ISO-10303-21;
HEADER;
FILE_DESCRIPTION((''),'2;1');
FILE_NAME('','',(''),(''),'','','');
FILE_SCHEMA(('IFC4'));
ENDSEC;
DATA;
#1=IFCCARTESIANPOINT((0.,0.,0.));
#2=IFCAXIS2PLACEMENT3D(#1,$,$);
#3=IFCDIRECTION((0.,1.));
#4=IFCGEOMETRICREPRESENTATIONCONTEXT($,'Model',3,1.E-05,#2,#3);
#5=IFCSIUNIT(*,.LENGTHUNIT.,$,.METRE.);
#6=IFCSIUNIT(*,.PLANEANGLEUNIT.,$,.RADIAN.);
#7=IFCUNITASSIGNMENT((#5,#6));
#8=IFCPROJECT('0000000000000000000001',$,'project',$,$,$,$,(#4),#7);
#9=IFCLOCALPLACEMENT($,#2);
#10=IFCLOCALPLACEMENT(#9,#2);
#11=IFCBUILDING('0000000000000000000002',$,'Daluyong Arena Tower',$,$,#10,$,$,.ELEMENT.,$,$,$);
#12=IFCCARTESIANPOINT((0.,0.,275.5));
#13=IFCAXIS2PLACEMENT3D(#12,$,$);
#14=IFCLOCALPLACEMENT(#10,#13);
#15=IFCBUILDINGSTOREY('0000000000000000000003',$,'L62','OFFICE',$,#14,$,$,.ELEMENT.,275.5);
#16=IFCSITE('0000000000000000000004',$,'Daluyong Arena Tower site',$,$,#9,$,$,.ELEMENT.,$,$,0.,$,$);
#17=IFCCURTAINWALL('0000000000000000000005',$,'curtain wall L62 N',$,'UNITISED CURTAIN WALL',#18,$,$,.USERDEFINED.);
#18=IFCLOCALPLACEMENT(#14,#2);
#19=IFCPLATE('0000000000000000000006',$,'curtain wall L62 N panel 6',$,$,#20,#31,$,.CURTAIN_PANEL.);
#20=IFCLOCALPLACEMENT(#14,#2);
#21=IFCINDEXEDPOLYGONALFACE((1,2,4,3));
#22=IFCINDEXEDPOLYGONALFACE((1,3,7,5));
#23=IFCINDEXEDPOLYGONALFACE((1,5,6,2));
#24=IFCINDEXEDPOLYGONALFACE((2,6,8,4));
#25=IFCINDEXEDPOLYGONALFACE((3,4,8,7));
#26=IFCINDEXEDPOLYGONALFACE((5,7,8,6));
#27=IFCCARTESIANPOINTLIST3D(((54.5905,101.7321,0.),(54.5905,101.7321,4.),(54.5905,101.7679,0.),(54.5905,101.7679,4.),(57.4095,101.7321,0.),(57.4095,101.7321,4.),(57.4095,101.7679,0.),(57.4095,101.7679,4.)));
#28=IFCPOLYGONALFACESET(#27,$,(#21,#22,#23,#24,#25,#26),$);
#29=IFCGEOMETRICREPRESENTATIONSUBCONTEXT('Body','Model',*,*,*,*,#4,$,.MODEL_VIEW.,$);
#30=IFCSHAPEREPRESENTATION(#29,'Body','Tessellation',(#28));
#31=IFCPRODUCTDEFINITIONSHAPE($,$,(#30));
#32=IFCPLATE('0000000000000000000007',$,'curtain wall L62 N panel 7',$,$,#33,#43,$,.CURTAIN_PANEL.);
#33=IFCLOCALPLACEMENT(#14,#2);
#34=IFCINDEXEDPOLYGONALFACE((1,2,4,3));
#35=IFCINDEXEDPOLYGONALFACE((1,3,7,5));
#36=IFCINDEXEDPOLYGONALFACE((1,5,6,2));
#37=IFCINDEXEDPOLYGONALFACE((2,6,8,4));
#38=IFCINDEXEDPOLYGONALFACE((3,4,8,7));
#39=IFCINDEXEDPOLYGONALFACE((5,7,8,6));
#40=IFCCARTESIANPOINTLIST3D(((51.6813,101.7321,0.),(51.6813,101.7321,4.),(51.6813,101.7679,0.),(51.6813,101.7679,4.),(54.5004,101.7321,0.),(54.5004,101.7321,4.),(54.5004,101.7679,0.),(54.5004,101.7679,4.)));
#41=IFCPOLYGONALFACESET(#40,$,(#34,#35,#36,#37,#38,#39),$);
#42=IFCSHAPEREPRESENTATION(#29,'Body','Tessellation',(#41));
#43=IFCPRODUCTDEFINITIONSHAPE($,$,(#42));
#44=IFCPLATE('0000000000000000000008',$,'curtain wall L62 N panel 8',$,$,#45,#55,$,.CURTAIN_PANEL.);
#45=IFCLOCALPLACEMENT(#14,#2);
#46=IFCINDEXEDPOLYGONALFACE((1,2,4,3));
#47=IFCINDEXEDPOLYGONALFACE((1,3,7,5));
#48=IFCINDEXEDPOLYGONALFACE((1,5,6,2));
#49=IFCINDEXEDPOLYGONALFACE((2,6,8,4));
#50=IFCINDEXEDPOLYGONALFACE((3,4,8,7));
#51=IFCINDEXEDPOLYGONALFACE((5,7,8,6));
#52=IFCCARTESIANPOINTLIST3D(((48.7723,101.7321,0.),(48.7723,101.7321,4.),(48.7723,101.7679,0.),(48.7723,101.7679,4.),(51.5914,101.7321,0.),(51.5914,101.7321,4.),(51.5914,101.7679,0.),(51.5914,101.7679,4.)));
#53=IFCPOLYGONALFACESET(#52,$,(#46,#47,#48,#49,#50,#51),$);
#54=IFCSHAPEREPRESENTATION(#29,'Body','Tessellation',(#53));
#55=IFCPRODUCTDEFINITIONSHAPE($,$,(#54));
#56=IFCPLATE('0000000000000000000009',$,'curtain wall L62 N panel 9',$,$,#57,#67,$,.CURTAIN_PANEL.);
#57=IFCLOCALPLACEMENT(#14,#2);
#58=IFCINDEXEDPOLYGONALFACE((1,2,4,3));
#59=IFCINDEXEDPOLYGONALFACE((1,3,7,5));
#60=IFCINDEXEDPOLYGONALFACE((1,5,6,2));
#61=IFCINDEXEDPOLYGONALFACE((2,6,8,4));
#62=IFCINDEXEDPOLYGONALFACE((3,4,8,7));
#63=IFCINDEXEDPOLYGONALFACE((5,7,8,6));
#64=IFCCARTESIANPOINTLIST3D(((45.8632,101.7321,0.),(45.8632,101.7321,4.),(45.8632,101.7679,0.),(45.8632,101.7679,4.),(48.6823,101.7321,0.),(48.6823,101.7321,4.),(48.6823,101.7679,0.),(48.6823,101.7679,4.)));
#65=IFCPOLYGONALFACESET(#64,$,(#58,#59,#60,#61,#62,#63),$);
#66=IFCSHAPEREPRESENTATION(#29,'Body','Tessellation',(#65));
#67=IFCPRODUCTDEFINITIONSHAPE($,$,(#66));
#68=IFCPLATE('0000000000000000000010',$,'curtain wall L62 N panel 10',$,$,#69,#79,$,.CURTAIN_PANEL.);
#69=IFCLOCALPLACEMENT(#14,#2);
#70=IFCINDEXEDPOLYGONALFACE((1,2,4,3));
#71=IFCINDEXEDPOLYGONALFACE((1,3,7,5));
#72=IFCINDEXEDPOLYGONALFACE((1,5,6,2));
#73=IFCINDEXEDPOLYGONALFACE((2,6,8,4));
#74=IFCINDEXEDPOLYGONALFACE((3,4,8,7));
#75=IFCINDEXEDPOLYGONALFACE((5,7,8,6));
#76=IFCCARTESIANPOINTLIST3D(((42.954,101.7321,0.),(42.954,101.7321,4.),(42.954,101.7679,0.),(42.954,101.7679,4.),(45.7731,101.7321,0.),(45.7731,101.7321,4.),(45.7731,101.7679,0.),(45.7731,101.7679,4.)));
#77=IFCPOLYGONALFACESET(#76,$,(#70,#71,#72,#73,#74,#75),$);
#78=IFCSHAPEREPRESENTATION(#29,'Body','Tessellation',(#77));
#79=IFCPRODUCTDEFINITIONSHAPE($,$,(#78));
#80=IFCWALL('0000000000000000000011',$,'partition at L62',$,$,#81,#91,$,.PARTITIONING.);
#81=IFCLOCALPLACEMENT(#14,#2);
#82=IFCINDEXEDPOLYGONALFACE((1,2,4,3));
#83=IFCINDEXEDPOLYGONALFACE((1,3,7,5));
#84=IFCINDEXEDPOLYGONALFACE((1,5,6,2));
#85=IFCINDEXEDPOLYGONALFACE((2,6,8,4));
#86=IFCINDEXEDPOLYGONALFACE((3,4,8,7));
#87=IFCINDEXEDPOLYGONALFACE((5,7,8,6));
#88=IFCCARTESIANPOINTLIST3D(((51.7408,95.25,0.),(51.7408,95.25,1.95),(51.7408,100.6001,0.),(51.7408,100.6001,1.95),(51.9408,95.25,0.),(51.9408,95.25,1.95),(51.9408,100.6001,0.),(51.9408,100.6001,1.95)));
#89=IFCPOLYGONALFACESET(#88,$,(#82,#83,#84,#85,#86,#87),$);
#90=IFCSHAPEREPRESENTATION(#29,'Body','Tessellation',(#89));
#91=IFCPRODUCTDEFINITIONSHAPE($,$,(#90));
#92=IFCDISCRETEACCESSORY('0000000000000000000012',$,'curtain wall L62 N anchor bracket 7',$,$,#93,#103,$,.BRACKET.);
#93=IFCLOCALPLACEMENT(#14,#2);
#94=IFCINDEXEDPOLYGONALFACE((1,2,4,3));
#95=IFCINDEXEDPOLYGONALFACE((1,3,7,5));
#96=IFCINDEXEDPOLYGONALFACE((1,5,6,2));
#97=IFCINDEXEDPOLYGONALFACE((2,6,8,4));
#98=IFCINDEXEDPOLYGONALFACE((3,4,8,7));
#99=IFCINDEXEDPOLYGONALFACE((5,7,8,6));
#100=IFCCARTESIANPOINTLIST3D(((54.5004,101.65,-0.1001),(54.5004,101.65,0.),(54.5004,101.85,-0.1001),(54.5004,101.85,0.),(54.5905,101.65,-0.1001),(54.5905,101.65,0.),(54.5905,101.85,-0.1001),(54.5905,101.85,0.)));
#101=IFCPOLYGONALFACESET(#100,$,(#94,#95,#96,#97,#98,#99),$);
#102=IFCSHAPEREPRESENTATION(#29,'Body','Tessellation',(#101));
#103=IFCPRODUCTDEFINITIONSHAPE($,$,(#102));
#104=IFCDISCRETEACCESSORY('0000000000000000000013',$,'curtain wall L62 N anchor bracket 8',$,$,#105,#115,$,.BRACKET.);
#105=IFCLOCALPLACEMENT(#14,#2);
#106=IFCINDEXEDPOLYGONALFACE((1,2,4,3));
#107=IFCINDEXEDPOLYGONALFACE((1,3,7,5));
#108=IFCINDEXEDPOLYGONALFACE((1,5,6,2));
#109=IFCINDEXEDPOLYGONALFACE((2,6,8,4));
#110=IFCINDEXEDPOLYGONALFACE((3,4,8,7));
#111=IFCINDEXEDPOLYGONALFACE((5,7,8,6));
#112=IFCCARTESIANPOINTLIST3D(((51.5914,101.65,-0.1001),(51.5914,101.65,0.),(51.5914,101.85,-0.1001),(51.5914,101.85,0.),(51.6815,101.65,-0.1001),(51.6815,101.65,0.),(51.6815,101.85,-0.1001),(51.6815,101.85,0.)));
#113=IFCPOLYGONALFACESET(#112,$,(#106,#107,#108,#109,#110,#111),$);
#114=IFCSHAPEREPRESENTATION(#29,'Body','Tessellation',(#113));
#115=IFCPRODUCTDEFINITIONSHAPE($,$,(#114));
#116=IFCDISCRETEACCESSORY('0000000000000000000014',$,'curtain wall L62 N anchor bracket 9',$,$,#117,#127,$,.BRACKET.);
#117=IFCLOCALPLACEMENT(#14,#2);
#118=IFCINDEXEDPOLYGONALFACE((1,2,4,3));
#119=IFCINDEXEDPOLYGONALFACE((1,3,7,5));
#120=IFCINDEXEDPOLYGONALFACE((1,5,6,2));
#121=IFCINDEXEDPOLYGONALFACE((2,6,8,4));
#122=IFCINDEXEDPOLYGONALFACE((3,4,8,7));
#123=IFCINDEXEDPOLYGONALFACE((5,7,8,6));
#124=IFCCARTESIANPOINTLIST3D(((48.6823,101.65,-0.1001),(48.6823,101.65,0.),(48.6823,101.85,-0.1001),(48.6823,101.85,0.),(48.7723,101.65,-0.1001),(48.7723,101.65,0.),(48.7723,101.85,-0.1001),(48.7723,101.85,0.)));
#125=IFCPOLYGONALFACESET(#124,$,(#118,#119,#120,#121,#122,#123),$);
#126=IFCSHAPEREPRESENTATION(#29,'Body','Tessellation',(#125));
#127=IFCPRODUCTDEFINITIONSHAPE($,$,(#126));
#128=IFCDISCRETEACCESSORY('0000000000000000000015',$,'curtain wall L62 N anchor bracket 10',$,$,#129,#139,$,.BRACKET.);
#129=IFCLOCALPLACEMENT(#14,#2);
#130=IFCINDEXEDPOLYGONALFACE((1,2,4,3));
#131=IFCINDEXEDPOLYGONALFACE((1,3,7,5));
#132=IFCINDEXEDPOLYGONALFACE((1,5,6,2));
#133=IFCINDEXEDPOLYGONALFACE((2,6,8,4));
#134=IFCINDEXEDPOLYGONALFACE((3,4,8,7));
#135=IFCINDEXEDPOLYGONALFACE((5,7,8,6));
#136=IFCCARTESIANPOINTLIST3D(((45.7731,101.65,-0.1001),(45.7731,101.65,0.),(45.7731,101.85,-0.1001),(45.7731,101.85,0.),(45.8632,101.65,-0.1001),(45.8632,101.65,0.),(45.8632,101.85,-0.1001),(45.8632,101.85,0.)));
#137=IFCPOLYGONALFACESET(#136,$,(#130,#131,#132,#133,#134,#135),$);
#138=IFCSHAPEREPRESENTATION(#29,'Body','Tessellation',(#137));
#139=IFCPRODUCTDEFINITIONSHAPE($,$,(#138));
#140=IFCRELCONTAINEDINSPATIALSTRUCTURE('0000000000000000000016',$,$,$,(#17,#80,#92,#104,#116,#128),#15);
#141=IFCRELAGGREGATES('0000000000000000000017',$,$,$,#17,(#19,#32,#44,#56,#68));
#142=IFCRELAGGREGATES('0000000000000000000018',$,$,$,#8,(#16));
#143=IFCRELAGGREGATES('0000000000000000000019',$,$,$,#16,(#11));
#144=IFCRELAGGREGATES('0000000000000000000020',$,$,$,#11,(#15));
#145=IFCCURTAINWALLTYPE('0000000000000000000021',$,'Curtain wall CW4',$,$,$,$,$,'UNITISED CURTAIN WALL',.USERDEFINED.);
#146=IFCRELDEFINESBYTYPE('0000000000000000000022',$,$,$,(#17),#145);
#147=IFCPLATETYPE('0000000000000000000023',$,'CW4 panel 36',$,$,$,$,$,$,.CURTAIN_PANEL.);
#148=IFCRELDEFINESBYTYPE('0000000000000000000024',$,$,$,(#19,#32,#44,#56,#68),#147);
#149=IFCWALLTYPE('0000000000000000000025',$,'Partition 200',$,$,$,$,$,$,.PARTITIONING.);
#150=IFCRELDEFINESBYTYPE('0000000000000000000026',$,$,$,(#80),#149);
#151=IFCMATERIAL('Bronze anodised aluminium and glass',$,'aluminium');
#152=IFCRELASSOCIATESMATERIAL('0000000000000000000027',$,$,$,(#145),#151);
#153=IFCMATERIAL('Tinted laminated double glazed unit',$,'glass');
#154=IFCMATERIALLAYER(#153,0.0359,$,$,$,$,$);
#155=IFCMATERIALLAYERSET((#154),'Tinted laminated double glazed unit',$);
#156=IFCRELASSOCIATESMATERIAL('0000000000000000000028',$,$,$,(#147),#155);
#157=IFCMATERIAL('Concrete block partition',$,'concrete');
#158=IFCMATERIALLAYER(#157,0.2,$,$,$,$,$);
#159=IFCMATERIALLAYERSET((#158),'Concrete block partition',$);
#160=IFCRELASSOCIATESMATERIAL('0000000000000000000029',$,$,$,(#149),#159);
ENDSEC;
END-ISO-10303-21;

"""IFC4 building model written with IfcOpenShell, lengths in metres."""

from ifc_helpers import new_model, si_unit, direction, frame, frame_2d, origin, origin_2d, place, context, subcontext, project, spatial, rectangle, extrude, material, layer, layer_set, type_object, element, aggregate, save


model = new_model("IFC4")

# Units and contexts
model_context = context("Model", 3, precision=1e-05, world=origin(), true_north=direction((0.0, 1.0)))
body_context = subcontext(model_context, "Body", "Model", "MODEL_VIEW")
ifc_project = project(units=[si_unit("LENGTHUNIT", "METRE"), si_unit("PLANEANGLEUNIT", "RADIAN")], contexts=[model_context])

# Site, building, storey
site_placement = place(None, origin())
site = spatial("IfcSite", under=ifc_project, at=site_placement, Name="Daluyong Arena Tower site", CompositionType="ELEMENT", RefElevation=0.0)
building_placement = place(site_placement, origin())
building = spatial("IfcBuilding", under=site, at=building_placement, Name="Daluyong Arena Tower", CompositionType="ELEMENT")
storey_placement = place(building_placement, frame((0.0, 0.0, 275.5)))
storey = spatial("IfcBuildingStorey", under=building, at=storey_placement, Name="L62", Description="OFFICE", CompositionType="ELEMENT", Elevation=275.5)

# Curtain wall
ifc_material_1 = material(Name="Bronze anodised aluminium and glass", Category="aluminium")
curtain_wall_type = type_object("IfcCurtainWallType", Name="Curtain wall CW4", ElementType="UNITISED CURTAIN WALL", PredefinedType="USERDEFINED", material=ifc_material_1)
curtain_wall_placement = place(storey_placement, origin())
curtain_wall = element("IfcCurtainWall", 1, at=curtain_wall_placement, inside=storey, type_object=curtain_wall_type, Name="curtain wall L62 N", ObjectType="UNITISED CURTAIN WALL", PredefinedType="USERDEFINED")

# Plates
ifc_material_2 = material(Name="Tinted laminated double glazed unit", Category="glass")
ifc_layer_1 = layer(ifc_material_2, 0.0359)
ifc_layer_set_1 = layer_set([ifc_layer_1], Name="Tinted laminated double glazed unit")
plate_type = type_object("IfcPlateType", Name="CW4 panel 36", PredefinedType="CURTAIN_PANEL", material=ifc_layer_set_1)
plate_1_placement = place(storey_placement, frame((56.0, 101.75, 0.0), z_axis=(0.0, 0.0, 1.0), x_axis=(-1.0, 0.0, 0.0)))
plate_1 = element("IfcPlate", 2, at=plate_1_placement, type_object=plate_type, Name="curtain wall L62 N panel 6", PredefinedType="CURTAIN_PANEL", context=body_context, shape_type="SweptSolid", body=[
    extrude(rectangle(XDim=2.8191, YDim=0.0359, at=origin_2d()), origin(), (0.0, 0.0, 1.0), 4.0),
])
plate_2_placement = place(storey_placement, frame((53.0908, 101.75, 0.0), z_axis=(0.0, 0.0, 1.0), x_axis=(-1.0, 0.0, 0.0)))
plate_2 = element("IfcPlate", 3, at=plate_2_placement, type_object=plate_type, Name="curtain wall L62 N panel 7", PredefinedType="CURTAIN_PANEL", context=body_context, shape_type="SweptSolid", body=[
    extrude(rectangle(XDim=2.8191, YDim=0.0359, at=origin_2d()), origin(), (0.0, 0.0, 1.0), 4.0),
])
plate_3_placement = place(storey_placement, frame((50.1819, 101.75, 0.0), z_axis=(0.0, 0.0, 1.0), x_axis=(-1.0, 0.0, 0.0)))
plate_3 = element("IfcPlate", 4, at=plate_3_placement, type_object=plate_type, Name="curtain wall L62 N panel 8", PredefinedType="CURTAIN_PANEL", context=body_context, shape_type="SweptSolid", body=[
    extrude(rectangle(XDim=2.8191, YDim=0.0359, at=origin_2d()), origin(), (0.0, 0.0, 1.0), 4.0),
])
plate_4_placement = place(storey_placement, frame((47.2727, 101.75, 0.0), z_axis=(0.0, 0.0, 1.0), x_axis=(-1.0, 0.0, 0.0)))
plate_4 = element("IfcPlate", 5, at=plate_4_placement, type_object=plate_type, Name="curtain wall L62 N panel 9", PredefinedType="CURTAIN_PANEL", context=body_context, shape_type="SweptSolid", body=[
    extrude(rectangle(XDim=2.8191, YDim=0.0359, at=origin_2d()), origin(), (0.0, 0.0, 1.0), 4.0),
])
plate_5_placement = place(storey_placement, frame((44.3635, 101.75, 0.0), z_axis=(0.0, 0.0, 1.0), x_axis=(-1.0, 0.0, 0.0)))
plate_5 = element("IfcPlate", 6, at=plate_5_placement, type_object=plate_type, Name="curtain wall L62 N panel 10", PredefinedType="CURTAIN_PANEL", context=body_context, shape_type="SweptSolid", body=[
    extrude(rectangle(XDim=2.8191, YDim=0.0359, at=origin_2d()), origin(), (0.0, 0.0, 1.0), 4.0),
])
aggregate(curtain_wall, [plate_1, plate_2, plate_3, plate_4, plate_5])

# Wall
ifc_material_3 = material(Name="Concrete block partition", Category="concrete")
ifc_layer_2 = layer(ifc_material_3, 0.2)
ifc_layer_set_2 = layer_set([ifc_layer_2], Name="Concrete block partition")
wall_type = type_object("IfcWallType", Name="Partition 200", PredefinedType="PARTITIONING", material=ifc_layer_set_2)
wall_placement = place(storey_placement, frame((51.8408, 95.25, 0.0), z_axis=(0.0, 0.0, 1.0), x_axis=(0.0, 1.0, 0.0)))
element("IfcWall", 7, at=wall_placement, inside=storey, type_object=wall_type, Name="partition at L62", PredefinedType="PARTITIONING", context=body_context, shape_type="SweptSolid", body=[
    extrude(rectangle(XDim=5.3501, YDim=0.2, at=frame_2d((2.675, 0.0))), origin(), (0.0, 0.0, 1.0), 1.95),
])

# Discrete accessories
for number, where, z_axis, x_axis, name in (
    (8, (54.5454, 101.75, -0.1001), (0.0, 0.0, 1.0), (-1.0, 0.0, 0.0), "curtain wall L62 N anchor bracket 7"),
    (9, (51.6365, 101.75, -0.1001), (0.0, 0.0, 1.0), (-1.0, 0.0, 0.0), "curtain wall L62 N anchor bracket 8"),
    (10, (48.7273, 101.75, -0.1001), (0.0, 0.0, 1.0), (-1.0, 0.0, 0.0), "curtain wall L62 N anchor bracket 9"),
    (11, (45.8181, 101.75, -0.1001), (0.0, 0.0, 1.0), (-1.0, 0.0, 0.0), "curtain wall L62 N anchor bracket 10"),
):
    element("IfcDiscreteAccessory", number, at=place(storey_placement, frame(where, z_axis=z_axis, x_axis=x_axis)), inside=storey, Name=name, PredefinedType="BRACKET", context=body_context, shape_type="SweptSolid", body=[
        extrude(rectangle(XDim=0.0901, YDim=0.2, at=origin_2d()), origin(), (0.0, 0.0, 1.0), 0.1001),
    ])

save(model, "model.ifc")
